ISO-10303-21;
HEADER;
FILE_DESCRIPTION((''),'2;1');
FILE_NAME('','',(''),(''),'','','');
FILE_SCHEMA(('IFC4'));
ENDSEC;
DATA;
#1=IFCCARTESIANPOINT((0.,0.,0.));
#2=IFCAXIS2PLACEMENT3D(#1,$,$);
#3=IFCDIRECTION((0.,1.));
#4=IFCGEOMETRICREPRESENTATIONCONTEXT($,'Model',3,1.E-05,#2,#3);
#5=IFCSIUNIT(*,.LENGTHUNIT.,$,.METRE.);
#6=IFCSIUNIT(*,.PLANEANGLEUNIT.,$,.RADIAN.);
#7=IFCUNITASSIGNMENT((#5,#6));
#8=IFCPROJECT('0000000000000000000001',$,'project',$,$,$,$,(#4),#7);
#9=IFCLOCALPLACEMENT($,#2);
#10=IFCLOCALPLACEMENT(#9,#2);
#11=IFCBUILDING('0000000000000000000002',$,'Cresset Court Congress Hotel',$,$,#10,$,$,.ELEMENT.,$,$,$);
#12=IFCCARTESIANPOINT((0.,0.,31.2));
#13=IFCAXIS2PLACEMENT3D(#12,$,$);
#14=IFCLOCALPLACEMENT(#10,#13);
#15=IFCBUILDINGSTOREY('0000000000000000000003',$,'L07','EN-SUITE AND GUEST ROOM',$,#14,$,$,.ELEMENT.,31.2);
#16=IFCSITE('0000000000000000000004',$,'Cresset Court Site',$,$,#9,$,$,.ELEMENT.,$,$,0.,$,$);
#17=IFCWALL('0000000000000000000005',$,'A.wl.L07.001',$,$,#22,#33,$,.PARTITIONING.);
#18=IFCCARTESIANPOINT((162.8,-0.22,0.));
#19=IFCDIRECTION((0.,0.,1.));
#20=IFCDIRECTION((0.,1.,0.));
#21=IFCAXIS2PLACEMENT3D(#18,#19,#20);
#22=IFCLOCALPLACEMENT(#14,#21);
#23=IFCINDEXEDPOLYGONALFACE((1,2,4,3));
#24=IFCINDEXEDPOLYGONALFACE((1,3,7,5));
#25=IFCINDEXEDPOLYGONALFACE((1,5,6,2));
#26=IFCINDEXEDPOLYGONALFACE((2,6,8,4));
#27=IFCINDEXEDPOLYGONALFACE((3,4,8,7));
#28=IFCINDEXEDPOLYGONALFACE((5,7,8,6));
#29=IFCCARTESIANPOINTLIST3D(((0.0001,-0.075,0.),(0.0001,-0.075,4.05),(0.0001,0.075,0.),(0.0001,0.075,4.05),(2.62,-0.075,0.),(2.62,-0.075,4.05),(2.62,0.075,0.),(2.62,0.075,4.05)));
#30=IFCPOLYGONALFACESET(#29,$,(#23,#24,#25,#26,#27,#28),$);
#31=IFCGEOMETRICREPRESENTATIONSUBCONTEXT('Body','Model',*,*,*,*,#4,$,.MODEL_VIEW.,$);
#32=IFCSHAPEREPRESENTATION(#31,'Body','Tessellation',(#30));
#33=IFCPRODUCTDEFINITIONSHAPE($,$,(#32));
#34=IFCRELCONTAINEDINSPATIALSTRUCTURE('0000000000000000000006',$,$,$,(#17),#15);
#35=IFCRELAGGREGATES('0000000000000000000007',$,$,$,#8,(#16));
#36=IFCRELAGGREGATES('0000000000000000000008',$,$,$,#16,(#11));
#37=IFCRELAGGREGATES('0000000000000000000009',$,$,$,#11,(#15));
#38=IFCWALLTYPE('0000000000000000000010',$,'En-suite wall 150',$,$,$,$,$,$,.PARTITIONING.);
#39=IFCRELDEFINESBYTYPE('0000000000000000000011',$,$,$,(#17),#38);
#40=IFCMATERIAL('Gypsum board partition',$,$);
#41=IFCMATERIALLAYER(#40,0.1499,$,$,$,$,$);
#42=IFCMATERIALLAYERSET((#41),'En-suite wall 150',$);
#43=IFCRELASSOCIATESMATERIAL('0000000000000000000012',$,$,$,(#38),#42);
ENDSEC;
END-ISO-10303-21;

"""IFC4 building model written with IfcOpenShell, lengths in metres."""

from ifc_helpers import new_model, si_unit, direction, frame, frame_2d, origin, place, context, subcontext, project, spatial, rectangle, extrude, material, layer, layer_set, type_object, element, save


model = new_model("IFC4")

# Units and contexts
model_context = context("Model", 3, precision=1e-05, world=origin(), true_north=direction((0.0, 1.0)))
body_context = subcontext(model_context, "Body", "Model", "MODEL_VIEW")
ifc_project = project(units=[si_unit("LENGTHUNIT", "METRE"), si_unit("PLANEANGLEUNIT", "RADIAN")], contexts=[model_context])

# Site, building, storey
site_placement = place(None, origin())
site = spatial("IfcSite", under=ifc_project, at=site_placement, Name="Cresset Court Site", CompositionType="ELEMENT", RefElevation=0.0)
building_placement = place(site_placement, origin())
building = spatial("IfcBuilding", under=site, at=building_placement, Name="Cresset Court Congress Hotel", CompositionType="ELEMENT")
storey_placement = place(building_placement, frame((0.0, 0.0, 31.2)))
storey = spatial("IfcBuildingStorey", under=building, at=storey_placement, Name="L07", Description="EN-SUITE AND GUEST ROOM", CompositionType="ELEMENT", Elevation=31.2)

# Wall
ifc_material_1 = material(Name="Gypsum board partition")
ifc_layer_1 = layer(ifc_material_1, 0.1499)
ifc_layer_set_1 = layer_set([ifc_layer_1], Name="En-suite wall 150")
wall_type_1 = type_object("IfcWallType", Name="En-suite wall 150", PredefinedType="PARTITIONING", material=ifc_layer_set_1)
wall_1_placement = place(storey_placement, frame((162.8, -0.22, 0.0), z_axis=(0.0, 0.0, 1.0), x_axis=(0.0, 1.0, 0.0)))
element("IfcWall", 1, at=wall_1_placement, inside=storey, type_object=wall_type_1, Name="A.wl.L07.001", PredefinedType="PARTITIONING", context=body_context, shape_type="SweptSolid", body=[
    extrude(rectangle(XDim=2.6199, YDim=0.1499, at=frame_2d((1.3101, 0.0))), origin(), (0.0, 0.0, 1.0), 4.05),
])

save(model, "model.ifc")
